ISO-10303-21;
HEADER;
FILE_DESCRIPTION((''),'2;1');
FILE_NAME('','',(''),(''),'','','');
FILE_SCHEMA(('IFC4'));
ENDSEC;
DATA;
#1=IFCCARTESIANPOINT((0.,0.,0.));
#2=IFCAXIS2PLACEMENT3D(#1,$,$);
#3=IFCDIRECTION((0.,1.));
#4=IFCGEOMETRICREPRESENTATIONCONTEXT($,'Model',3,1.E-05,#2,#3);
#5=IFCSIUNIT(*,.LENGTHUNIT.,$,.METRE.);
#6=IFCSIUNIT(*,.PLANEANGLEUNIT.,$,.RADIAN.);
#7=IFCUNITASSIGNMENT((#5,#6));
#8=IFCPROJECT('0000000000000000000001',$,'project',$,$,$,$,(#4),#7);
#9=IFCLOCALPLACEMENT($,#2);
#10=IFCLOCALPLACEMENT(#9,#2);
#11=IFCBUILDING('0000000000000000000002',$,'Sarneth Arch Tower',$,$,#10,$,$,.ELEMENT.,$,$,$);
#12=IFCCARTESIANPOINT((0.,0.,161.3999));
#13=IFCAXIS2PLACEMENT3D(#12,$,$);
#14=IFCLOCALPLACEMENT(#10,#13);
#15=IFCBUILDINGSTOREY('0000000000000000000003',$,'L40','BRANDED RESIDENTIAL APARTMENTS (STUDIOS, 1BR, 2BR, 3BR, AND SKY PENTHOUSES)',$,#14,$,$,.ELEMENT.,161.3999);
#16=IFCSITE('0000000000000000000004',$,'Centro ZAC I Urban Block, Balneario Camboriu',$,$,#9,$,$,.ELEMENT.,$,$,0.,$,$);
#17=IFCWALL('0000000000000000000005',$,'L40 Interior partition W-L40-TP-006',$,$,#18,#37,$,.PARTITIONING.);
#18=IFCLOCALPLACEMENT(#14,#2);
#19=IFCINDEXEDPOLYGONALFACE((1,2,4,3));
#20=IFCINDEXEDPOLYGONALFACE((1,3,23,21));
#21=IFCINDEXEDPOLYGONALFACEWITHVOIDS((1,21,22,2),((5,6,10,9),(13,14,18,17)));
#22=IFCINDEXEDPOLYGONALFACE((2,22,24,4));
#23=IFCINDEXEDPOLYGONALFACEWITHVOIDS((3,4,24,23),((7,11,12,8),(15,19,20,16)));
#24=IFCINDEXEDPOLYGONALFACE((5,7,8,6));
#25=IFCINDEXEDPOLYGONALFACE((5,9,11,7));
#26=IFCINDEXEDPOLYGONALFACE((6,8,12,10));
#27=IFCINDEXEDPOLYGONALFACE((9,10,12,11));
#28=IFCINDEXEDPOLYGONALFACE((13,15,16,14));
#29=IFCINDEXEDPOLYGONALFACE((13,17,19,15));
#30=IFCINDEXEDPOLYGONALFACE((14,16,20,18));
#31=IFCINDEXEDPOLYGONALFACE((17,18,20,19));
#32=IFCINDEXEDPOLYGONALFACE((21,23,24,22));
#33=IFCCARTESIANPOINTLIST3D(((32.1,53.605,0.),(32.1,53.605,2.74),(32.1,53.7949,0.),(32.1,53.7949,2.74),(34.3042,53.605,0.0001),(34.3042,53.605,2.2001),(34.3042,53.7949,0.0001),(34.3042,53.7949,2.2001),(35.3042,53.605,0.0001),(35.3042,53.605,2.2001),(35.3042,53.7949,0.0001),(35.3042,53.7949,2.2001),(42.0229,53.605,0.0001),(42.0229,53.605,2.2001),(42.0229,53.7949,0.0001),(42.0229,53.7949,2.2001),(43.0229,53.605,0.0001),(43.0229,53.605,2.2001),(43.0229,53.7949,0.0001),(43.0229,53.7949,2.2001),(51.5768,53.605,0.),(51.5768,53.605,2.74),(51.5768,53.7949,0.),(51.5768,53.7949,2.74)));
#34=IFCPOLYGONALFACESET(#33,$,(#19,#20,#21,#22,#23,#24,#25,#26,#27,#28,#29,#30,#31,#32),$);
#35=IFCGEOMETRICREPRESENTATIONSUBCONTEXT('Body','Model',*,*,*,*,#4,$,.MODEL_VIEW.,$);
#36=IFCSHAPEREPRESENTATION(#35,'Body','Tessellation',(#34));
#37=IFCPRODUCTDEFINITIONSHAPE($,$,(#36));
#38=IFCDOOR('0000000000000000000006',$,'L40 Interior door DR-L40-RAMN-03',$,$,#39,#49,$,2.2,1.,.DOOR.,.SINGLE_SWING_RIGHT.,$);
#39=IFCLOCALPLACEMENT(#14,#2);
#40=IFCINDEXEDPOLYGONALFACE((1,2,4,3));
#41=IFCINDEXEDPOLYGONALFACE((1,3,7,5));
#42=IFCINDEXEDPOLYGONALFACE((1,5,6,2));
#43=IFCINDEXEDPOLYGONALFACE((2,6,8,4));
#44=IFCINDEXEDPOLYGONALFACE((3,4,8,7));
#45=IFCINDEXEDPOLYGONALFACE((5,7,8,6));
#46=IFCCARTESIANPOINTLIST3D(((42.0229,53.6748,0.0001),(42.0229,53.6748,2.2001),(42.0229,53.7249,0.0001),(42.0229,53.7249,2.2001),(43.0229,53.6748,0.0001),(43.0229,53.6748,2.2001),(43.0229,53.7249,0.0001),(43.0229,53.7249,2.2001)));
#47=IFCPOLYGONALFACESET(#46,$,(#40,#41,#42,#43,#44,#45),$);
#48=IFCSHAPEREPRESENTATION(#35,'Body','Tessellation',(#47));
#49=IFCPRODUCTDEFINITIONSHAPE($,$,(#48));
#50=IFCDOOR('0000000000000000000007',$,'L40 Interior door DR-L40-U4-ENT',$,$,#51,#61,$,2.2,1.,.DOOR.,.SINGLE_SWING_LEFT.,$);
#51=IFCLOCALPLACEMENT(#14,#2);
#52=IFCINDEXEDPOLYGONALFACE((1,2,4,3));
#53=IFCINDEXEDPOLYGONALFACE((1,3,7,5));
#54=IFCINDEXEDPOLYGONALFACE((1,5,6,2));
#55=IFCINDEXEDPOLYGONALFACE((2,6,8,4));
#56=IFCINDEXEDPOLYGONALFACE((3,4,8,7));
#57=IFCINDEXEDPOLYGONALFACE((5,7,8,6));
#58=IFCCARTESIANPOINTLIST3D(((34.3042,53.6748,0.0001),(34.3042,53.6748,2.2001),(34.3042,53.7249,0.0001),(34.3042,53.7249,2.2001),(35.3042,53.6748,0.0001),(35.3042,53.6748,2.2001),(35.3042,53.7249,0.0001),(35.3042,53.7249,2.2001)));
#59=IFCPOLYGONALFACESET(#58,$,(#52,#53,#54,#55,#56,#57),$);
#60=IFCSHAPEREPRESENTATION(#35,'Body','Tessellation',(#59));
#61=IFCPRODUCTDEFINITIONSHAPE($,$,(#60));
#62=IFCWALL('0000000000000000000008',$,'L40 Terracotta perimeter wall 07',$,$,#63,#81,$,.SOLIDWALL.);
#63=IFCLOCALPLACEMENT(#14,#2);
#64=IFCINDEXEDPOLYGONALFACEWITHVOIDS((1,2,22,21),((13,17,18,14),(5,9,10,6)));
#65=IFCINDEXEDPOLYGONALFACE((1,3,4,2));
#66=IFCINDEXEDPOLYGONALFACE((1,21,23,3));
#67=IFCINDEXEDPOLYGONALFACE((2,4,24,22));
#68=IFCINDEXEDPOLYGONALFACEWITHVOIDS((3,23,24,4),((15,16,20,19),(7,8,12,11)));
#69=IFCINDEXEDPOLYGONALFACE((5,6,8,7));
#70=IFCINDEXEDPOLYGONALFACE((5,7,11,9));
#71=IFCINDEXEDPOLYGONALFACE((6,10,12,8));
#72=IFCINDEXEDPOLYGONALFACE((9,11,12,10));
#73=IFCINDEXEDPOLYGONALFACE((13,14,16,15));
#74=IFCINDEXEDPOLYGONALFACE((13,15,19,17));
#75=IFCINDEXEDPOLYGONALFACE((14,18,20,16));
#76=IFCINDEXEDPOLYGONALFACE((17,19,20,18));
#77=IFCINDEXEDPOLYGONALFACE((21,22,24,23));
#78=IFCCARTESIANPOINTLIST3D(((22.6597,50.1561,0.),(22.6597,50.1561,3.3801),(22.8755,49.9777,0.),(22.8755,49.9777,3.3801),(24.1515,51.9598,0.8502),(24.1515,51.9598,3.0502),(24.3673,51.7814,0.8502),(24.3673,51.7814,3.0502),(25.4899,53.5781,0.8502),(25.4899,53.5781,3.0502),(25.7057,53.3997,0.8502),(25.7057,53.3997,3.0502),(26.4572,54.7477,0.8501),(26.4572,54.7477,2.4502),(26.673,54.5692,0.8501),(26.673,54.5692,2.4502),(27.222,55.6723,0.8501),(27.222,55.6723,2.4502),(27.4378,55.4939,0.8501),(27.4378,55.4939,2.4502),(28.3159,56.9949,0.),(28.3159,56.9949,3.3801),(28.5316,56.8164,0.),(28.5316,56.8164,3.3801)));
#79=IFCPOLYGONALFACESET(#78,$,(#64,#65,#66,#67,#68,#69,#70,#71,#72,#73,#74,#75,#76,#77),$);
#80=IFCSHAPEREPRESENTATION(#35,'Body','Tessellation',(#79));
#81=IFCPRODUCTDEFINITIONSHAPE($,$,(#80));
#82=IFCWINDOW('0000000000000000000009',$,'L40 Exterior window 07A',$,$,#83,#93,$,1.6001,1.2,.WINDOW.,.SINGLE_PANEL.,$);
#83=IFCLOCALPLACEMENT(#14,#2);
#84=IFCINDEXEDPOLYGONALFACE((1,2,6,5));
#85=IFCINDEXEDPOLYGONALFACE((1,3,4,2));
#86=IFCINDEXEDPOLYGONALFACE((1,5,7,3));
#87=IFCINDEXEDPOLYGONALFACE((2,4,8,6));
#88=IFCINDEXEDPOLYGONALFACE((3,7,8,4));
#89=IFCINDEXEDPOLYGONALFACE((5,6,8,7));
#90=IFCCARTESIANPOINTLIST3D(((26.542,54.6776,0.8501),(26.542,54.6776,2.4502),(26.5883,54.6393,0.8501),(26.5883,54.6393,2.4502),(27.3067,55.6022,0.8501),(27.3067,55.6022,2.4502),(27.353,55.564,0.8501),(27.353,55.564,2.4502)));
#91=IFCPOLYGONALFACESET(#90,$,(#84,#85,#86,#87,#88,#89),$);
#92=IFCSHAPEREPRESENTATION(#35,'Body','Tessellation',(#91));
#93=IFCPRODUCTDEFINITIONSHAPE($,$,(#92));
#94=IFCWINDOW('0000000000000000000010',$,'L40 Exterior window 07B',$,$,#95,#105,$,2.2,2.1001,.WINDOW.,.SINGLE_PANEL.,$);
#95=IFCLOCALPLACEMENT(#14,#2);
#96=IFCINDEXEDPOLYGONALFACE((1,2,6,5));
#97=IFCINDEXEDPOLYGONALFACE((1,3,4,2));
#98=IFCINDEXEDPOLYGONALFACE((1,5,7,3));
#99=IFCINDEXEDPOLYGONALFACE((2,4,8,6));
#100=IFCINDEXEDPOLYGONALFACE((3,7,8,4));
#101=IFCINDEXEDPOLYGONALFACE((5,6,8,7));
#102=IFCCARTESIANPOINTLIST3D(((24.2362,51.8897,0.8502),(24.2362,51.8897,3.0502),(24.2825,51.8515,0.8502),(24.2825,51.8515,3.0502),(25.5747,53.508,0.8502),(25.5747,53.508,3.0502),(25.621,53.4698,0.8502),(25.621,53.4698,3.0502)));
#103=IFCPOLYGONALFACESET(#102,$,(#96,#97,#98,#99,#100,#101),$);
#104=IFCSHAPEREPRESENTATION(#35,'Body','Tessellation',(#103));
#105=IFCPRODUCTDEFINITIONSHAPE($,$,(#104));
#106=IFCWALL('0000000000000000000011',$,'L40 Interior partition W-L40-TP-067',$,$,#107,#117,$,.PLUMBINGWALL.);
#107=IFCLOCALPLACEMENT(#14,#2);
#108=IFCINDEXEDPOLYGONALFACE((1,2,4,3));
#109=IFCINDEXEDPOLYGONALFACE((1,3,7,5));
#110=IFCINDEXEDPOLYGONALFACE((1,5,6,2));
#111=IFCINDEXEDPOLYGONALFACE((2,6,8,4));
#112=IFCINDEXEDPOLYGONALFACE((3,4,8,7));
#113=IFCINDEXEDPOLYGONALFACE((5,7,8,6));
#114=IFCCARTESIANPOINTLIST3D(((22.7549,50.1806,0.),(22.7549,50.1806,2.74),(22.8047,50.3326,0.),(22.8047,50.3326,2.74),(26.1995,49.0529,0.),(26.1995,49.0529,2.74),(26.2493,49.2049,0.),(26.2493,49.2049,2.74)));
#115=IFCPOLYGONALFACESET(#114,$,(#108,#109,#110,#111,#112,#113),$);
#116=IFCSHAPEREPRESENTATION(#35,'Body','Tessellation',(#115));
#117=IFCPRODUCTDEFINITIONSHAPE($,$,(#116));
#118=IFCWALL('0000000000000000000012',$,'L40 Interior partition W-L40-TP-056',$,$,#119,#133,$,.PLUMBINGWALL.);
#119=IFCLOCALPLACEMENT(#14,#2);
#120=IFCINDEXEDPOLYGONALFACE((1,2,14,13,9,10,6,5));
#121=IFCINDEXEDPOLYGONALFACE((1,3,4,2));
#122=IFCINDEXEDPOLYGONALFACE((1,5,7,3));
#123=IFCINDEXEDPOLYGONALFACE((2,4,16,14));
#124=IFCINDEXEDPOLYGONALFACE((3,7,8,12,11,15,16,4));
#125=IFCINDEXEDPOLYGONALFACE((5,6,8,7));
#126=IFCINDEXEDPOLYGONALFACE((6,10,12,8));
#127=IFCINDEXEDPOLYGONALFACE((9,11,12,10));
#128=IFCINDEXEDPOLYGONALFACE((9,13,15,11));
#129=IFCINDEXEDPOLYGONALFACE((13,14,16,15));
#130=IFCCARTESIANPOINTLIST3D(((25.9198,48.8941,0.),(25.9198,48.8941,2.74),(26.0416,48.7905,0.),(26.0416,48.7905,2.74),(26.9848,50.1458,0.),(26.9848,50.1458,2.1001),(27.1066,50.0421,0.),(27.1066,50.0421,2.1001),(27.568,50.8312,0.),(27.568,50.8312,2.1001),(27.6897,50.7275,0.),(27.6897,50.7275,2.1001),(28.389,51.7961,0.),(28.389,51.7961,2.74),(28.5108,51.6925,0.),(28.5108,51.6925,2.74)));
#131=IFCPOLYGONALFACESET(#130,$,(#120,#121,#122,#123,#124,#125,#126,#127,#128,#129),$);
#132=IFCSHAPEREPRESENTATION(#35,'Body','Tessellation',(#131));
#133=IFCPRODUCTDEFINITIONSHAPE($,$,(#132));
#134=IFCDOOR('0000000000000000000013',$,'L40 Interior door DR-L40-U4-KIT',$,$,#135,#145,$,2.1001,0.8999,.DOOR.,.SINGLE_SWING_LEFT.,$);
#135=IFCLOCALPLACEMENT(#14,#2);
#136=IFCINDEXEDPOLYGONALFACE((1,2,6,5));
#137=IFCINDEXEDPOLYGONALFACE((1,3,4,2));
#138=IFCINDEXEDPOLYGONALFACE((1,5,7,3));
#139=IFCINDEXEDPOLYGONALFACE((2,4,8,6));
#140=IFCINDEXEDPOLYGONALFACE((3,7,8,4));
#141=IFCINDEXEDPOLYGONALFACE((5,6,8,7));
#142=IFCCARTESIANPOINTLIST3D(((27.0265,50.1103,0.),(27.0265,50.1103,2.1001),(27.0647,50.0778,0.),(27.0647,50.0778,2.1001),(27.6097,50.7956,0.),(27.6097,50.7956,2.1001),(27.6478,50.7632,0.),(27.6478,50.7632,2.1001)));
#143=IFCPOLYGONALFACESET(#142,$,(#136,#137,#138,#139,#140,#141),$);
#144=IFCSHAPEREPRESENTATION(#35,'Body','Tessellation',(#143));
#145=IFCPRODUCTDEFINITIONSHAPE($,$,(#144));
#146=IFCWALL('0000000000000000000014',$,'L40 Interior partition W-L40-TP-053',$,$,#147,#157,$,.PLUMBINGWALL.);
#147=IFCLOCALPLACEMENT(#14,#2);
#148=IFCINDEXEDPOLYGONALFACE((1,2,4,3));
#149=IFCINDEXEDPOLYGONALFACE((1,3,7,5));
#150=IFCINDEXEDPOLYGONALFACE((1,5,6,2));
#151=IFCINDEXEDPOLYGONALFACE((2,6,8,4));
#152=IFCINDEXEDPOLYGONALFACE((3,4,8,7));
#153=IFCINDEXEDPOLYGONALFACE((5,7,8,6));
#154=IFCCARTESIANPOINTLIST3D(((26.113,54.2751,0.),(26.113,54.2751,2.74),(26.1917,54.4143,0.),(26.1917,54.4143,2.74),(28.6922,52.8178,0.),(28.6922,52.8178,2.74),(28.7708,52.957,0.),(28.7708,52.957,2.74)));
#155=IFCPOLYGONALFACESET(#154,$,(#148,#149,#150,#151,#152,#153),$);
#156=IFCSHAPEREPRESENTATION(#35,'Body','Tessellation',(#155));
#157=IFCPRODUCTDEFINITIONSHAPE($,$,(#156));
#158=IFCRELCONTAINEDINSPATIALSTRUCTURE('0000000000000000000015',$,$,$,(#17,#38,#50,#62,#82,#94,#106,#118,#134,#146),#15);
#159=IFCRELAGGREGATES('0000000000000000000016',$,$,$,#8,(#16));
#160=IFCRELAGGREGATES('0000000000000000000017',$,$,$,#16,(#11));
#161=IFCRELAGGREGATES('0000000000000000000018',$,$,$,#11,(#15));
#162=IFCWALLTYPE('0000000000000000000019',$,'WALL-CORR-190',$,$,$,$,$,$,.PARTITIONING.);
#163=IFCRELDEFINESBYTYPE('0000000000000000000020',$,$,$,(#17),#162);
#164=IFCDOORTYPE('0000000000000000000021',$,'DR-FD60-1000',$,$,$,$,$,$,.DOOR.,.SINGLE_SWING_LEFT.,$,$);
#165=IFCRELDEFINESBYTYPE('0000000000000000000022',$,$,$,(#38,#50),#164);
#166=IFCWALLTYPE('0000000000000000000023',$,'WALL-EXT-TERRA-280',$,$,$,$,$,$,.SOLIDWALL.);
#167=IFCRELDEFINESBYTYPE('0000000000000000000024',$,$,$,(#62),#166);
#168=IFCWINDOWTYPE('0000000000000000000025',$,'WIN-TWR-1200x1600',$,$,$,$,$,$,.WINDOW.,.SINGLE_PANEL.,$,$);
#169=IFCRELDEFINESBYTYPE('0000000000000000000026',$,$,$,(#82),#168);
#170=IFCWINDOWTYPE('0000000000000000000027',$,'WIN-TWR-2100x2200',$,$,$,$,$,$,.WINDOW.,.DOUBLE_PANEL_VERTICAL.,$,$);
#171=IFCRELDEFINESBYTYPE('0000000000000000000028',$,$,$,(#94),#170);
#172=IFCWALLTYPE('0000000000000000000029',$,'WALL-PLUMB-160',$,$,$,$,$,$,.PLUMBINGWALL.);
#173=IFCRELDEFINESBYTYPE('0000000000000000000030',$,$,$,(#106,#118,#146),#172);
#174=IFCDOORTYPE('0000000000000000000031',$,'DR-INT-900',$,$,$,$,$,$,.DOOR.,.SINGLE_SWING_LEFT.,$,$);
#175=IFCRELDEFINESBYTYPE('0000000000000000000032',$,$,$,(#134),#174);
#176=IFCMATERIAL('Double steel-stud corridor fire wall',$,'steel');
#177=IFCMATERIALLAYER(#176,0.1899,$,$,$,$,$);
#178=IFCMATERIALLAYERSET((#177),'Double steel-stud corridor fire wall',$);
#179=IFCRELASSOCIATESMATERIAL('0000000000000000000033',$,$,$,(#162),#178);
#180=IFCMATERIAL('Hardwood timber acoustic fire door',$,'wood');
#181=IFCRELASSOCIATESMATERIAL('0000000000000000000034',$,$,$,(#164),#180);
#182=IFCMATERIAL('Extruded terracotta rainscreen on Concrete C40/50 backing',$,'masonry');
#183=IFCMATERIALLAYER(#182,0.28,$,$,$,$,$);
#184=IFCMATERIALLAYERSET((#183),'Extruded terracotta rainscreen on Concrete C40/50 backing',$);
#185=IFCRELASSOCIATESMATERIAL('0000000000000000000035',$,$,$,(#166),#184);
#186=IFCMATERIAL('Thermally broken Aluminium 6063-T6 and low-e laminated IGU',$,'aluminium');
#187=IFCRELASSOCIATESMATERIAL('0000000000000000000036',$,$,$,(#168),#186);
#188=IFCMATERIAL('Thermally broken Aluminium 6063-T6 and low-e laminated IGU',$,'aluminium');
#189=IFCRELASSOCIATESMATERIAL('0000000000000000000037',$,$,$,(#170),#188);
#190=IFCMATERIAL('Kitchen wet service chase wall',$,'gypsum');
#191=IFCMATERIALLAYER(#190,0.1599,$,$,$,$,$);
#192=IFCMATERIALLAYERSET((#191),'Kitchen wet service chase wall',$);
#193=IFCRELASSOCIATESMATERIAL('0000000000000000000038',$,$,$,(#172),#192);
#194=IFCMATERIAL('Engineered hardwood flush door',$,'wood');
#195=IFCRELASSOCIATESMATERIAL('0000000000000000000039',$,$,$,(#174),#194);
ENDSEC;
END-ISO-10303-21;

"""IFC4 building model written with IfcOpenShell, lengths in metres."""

from ifc_helpers import new_model, si_unit, direction, frame, frame_2d, origin, place, context, subcontext, project, spatial, rectangle, extrude, material, layer, layer_set, type_object, element, fill, save


model = new_model("IFC4")

# Units and contexts
model_context = context("Model", 3, precision=1e-05, world=origin(), true_north=direction((0.0, 1.0)))
body_context = subcontext(model_context, "Body", "Model", "MODEL_VIEW")
ifc_project = project(units=[si_unit("LENGTHUNIT", "METRE"), si_unit("PLANEANGLEUNIT", "RADIAN")], contexts=[model_context])

# Site, building, storey
site_placement = place(None, origin())
site = spatial("IfcSite", under=ifc_project, at=site_placement, Name="Centro ZAC I Urban Block, Balneario Camboriu", CompositionType="ELEMENT", RefElevation=0.0)
building_placement = place(site_placement, origin())
building = spatial("IfcBuilding", under=site, at=building_placement, Name="Sarneth Arch Tower", CompositionType="ELEMENT")
storey_placement = place(building_placement, frame((0.0, 0.0, 161.3999)))
storey = spatial("IfcBuildingStorey", under=building, at=storey_placement, Name="L40", Description="BRANDED RESIDENTIAL APARTMENTS (STUDIOS, 1BR, 2BR, 3BR, AND SKY PENTHOUSES)", CompositionType="ELEMENT", Elevation=161.3999)

# Wall, openings, doors
ifc_material_1 = material(Name="Double steel-stud corridor fire wall", Category="steel")
ifc_layer_1 = layer(ifc_material_1, 0.1899)
ifc_layer_set_1 = layer_set([ifc_layer_1], Name="Double steel-stud corridor fire wall")
wall_type_1 = type_object("IfcWallType", Name="WALL-CORR-190", PredefinedType="PARTITIONING", material=ifc_layer_set_1)
wall_1_placement = place(storey_placement, frame((32.1001, 53.7, 0.0), z_axis=(0.0, 0.0, 1.0), x_axis=(1.0, 0.0, 0.0)))
wall_1 = element("IfcWall", 1, at=wall_1_placement, inside=storey, type_object=wall_type_1, Name="L40 Interior partition W-L40-TP-006", PredefinedType="PARTITIONING", context=body_context, shape_type="SweptSolid", body=[
    extrude(rectangle(XDim=19.4768, YDim=0.1899, at=frame_2d((9.7383, 0.0))), origin(), (0.0, 0.0, 1.0), 2.74),
])
opening_1_placement = place(wall_1_placement, frame((9.9229, 0.0, 0.0)))
opening_1 = element("IfcOpeningElement", 2, at=opening_1_placement, cuts=wall_1, PredefinedType="OPENING", context=body_context, shape_type="SweptSolid", body=[
    extrude(rectangle(XDim=1.0, YDim=2.2, at=frame_2d((0.5, 1.1001))), frame((0.0, 0.105, 0.0), z_axis=(0.0, -1.0, 0.0), x_axis=(1.0, 0.0, 0.0)), (0.0, 0.0, 1.0), 0.21),
])
opening_2_placement = place(wall_1_placement, frame((2.2041, 0.0, 0.0)))
opening_2 = element("IfcOpeningElement", 3, at=opening_2_placement, cuts=wall_1, PredefinedType="OPENING", context=body_context, shape_type="SweptSolid", body=[
    extrude(rectangle(XDim=1.0, YDim=2.2, at=frame_2d((0.5, 1.1001))), frame((0.0, 0.105, 0.0), z_axis=(0.0, -1.0, 0.0), x_axis=(1.0, 0.0, 0.0)), (0.0, 0.0, 1.0), 0.21),
])
ifc_material_2 = material(Name="Hardwood timber acoustic fire door", Category="wood")
door_type_1 = type_object("IfcDoorType", Name="DR-FD60-1000", OperationType="SINGLE_SWING_LEFT", PredefinedType="DOOR", material=ifc_material_2)
door_1_placement = place(opening_1_placement, origin())
door_1 = element("IfcDoor", 4, at=door_1_placement, inside=storey, type_object=door_type_1, Name="L40 Interior door DR-L40-RAMN-03", OperationType="SINGLE_SWING_RIGHT", OverallHeight=2.2, OverallWidth=1.0, PredefinedType="DOOR", context=body_context, shape_type="SweptSolid", body=[
    extrude(rectangle(XDim=1.0, YDim=2.2, at=frame_2d((0.5, 1.1001))), frame((0.0, 0.0249, 0.0), z_axis=(0.0, -1.0, 0.0), x_axis=(1.0, 0.0, 0.0)), (0.0, 0.0, 1.0), 0.05),
])
fill(opening_1, door_1)
door_2_placement = place(opening_2_placement, origin())
door_2 = element("IfcDoor", 5, at=door_2_placement, inside=storey, type_object=door_type_1, Name="L40 Interior door DR-L40-U4-ENT", OperationType="SINGLE_SWING_LEFT", OverallHeight=2.2, OverallWidth=1.0, PredefinedType="DOOR", context=body_context, shape_type="SweptSolid", body=[
    extrude(rectangle(XDim=1.0, YDim=2.2, at=frame_2d((0.5, 1.1001))), frame((0.0, 0.0249, 0.0), z_axis=(0.0, -1.0, 0.0), x_axis=(1.0, 0.0, 0.0)), (0.0, 0.0, 1.0), 0.05),
])
fill(opening_2, door_2)

# Wall, openings, windows
ifc_material_3 = material(Name="Extruded terracotta rainscreen on Concrete C40/50 backing", Category="masonry")
ifc_layer_2 = layer(ifc_material_3, 0.28)
ifc_layer_set_2 = layer_set([ifc_layer_2], Name="Extruded terracotta rainscreen on Concrete C40/50 backing")
wall_type_2 = type_object("IfcWallType", Name="WALL-EXT-TERRA-280", PredefinedType="SOLIDWALL", material=ifc_layer_set_2)
wall_2_placement = place(storey_placement, frame((28.4238, 56.9058, 0.0), z_axis=(0.0, 0.0, 1.0), x_axis=(-0.637333, -0.770588, 0.0)))
wall_2 = element("IfcWall", 6, at=wall_2_placement, inside=storey, type_object=wall_type_2, Name="L40 Terracotta perimeter wall 07", PredefinedType="SOLIDWALL", context=body_context, shape_type="SweptSolid", body=[
    extrude(rectangle(XDim=8.8748, YDim=0.28, at=frame_2d((4.4375, 0.0))), origin(), (0.0, 0.0, 1.0), 3.3801),
])
opening_3_placement = place(wall_2_placement, frame((1.7163, 0.0, 0.8501)))
opening_3 = element("IfcOpeningElement", 7, at=opening_3_placement, cuts=wall_2, PredefinedType="OPENING", context=body_context, shape_type="SweptSolid", body=[
    extrude(rectangle(XDim=1.2, YDim=1.6001, at=frame_2d((0.6001, 0.8))), frame((0.0, 0.1499, 0.0), z_axis=(0.0, -1.0, 0.0), x_axis=(1.0, 0.0, 0.0)), (0.0, 0.0, 1.0), 0.3),
])
opening_4_placement = place(wall_2_placement, frame((4.4341, 0.0, 0.8501)))
opening_4 = element("IfcOpeningElement", 8, at=opening_4_placement, cuts=wall_2, PredefinedType="OPENING", context=body_context, shape_type="SweptSolid", body=[
    extrude(rectangle(XDim=2.1001, YDim=2.2, at=frame_2d((1.05, 1.1001))), frame((0.0, 0.1499, 0.0), z_axis=(0.0, -1.0, 0.0), x_axis=(1.0, 0.0, 0.0)), (0.0, 0.0, 1.0), 0.3),
])
ifc_material_4 = material(Name="Thermally broken Aluminium 6063-T6 and low-e laminated IGU", Category="aluminium")
window_type_1 = type_object("IfcWindowType", Name="WIN-TWR-1200x1600", PartitioningType="SINGLE_PANEL", PredefinedType="WINDOW", material=ifc_material_4)
window_1_placement = place(opening_3_placement, origin())
window_1 = element("IfcWindow", 9, at=window_1_placement, inside=storey, type_object=window_type_1, Name="L40 Exterior window 07A", OverallHeight=1.6001, OverallWidth=1.2, PartitioningType="SINGLE_PANEL", PredefinedType="WINDOW", context=body_context, shape_type="SweptSolid", body=[
    extrude(rectangle(XDim=1.2, YDim=1.6001, at=frame_2d((0.6001, 0.8))), frame((0.0, 0.03, 0.0), z_axis=(0.0, -1.0, 0.0), x_axis=(1.0, 0.0, 0.0)), (0.0, 0.0, 1.0), 0.0601),
])
fill(opening_3, window_1)
ifc_material_5 = material(Name="Thermally broken Aluminium 6063-T6 and low-e laminated IGU", Category="aluminium")
window_type_2 = type_object("IfcWindowType", Name="WIN-TWR-2100x2200", PartitioningType="DOUBLE_PANEL_VERTICAL", PredefinedType="WINDOW", material=ifc_material_5)
window_2_placement = place(opening_4_placement, origin())
window_2 = element("IfcWindow", 10, at=window_2_placement, inside=storey, type_object=window_type_2, Name="L40 Exterior window 07B", OverallHeight=2.2, OverallWidth=2.1001, PartitioningType="SINGLE_PANEL", PredefinedType="WINDOW", context=body_context, shape_type="SweptSolid", body=[
    extrude(rectangle(XDim=2.1001, YDim=2.2, at=frame_2d((1.05, 1.1001))), frame((0.0, 0.03, 0.0), z_axis=(0.0, -1.0, 0.0), x_axis=(1.0, 0.0, 0.0)), (0.0, 0.0, 1.0), 0.0601),
])
fill(opening_4, window_2)

# Wall
ifc_material_6 = material(Name="Kitchen wet service chase wall", Category="gypsum")
ifc_layer_3 = layer(ifc_material_6, 0.1599)
ifc_layer_set_3 = layer_set([ifc_layer_3], Name="Kitchen wet service chase wall")
wall_type_3 = type_object("IfcWallType", Name="WALL-PLUMB-160", PredefinedType="PLUMBINGWALL", material=ifc_layer_set_3)
wall_3_placement = place(storey_placement, frame((22.7798, 50.2566, 0.0), z_axis=(0.0, 0.0, 1.0), x_axis=(0.950367, -0.311131, 0.0)))
element("IfcWall", 11, at=wall_3_placement, inside=storey, type_object=wall_type_3, Name="L40 Interior partition W-L40-TP-067", PredefinedType="PLUMBINGWALL", context=body_context, shape_type="SweptSolid", body=[
    extrude(rectangle(XDim=3.6245, YDim=0.1599, at=frame_2d((1.8123, 0.0))), origin(), (0.0, 0.0, 1.0), 2.74),
])

# Wall, opening, door
wall_4_placement = place(storey_placement, frame((28.45, 51.7444, 0.0), z_axis=(0.0, 0.0, 1.0), x_axis=(-0.648022, -0.761621, 0.0)))
wall_4 = element("IfcWall", 12, at=wall_4_placement, inside=storey, type_object=wall_type_3, Name="L40 Interior partition W-L40-TP-056", PredefinedType="PLUMBINGWALL", context=body_context, shape_type="SweptSolid", body=[
    extrude(rectangle(XDim=3.8103, YDim=0.1599, at=frame_2d((1.9053, 0.0))), origin(), (0.0, 0.0, 1.0), 2.74),
])
opening_5_placement = place(wall_4_placement, frame((1.2671, 0.0, 0.0)))
opening_5 = element("IfcOpeningElement", 13, at=opening_5_placement, cuts=wall_4, PredefinedType="OPENING", context=body_context, shape_type="SweptSolid", body=[
    extrude(rectangle(XDim=0.8999, YDim=2.1001, at=frame_2d((0.45, 1.05))), frame((0.0, 0.0898, 0.0), z_axis=(0.0, -1.0, 0.0), x_axis=(1.0, 0.0, 0.0)), (0.0, 0.0, 1.0), 0.1799),
])
ifc_material_7 = material(Name="Engineered hardwood flush door", Category="wood")
door_type_2 = type_object("IfcDoorType", Name="DR-INT-900", OperationType="SINGLE_SWING_LEFT", PredefinedType="DOOR", material=ifc_material_7)
door_3_placement = place(opening_5_placement, origin())
door_3 = element("IfcDoor", 14, at=door_3_placement, inside=storey, type_object=door_type_2, Name="L40 Interior door DR-L40-U4-KIT", OperationType="SINGLE_SWING_LEFT", OverallHeight=2.1001, OverallWidth=0.8999, PredefinedType="DOOR", context=body_context, shape_type="SweptSolid", body=[
    extrude(rectangle(XDim=0.8999, YDim=2.1001, at=frame_2d((0.45, 1.05))), frame((0.0, 0.0249, 0.0), z_axis=(0.0, -1.0, 0.0), x_axis=(1.0, 0.0, 0.0)), (0.0, 0.0, 1.0), 0.05),
])
fill(opening_5, door_3)

# Wall
wall_5_placement = place(storey_placement, frame((26.1523, 54.3447, 0.0), z_axis=(0.0, 0.0, 1.0), x_axis=(0.870632, -0.491935, 0.0)))
element("IfcWall", 15, at=wall_5_placement, inside=storey, type_object=wall_type_3, Name="L40 Interior partition W-L40-TP-053", PredefinedType="PLUMBINGWALL", context=body_context, shape_type="SweptSolid", body=[
    extrude(rectangle(XDim=2.9624, YDim=0.1599, at=frame_2d((1.4812, 0.0))), origin(), (0.0, 0.0, 1.0), 2.74),
])

save(model, "model.ifc")
